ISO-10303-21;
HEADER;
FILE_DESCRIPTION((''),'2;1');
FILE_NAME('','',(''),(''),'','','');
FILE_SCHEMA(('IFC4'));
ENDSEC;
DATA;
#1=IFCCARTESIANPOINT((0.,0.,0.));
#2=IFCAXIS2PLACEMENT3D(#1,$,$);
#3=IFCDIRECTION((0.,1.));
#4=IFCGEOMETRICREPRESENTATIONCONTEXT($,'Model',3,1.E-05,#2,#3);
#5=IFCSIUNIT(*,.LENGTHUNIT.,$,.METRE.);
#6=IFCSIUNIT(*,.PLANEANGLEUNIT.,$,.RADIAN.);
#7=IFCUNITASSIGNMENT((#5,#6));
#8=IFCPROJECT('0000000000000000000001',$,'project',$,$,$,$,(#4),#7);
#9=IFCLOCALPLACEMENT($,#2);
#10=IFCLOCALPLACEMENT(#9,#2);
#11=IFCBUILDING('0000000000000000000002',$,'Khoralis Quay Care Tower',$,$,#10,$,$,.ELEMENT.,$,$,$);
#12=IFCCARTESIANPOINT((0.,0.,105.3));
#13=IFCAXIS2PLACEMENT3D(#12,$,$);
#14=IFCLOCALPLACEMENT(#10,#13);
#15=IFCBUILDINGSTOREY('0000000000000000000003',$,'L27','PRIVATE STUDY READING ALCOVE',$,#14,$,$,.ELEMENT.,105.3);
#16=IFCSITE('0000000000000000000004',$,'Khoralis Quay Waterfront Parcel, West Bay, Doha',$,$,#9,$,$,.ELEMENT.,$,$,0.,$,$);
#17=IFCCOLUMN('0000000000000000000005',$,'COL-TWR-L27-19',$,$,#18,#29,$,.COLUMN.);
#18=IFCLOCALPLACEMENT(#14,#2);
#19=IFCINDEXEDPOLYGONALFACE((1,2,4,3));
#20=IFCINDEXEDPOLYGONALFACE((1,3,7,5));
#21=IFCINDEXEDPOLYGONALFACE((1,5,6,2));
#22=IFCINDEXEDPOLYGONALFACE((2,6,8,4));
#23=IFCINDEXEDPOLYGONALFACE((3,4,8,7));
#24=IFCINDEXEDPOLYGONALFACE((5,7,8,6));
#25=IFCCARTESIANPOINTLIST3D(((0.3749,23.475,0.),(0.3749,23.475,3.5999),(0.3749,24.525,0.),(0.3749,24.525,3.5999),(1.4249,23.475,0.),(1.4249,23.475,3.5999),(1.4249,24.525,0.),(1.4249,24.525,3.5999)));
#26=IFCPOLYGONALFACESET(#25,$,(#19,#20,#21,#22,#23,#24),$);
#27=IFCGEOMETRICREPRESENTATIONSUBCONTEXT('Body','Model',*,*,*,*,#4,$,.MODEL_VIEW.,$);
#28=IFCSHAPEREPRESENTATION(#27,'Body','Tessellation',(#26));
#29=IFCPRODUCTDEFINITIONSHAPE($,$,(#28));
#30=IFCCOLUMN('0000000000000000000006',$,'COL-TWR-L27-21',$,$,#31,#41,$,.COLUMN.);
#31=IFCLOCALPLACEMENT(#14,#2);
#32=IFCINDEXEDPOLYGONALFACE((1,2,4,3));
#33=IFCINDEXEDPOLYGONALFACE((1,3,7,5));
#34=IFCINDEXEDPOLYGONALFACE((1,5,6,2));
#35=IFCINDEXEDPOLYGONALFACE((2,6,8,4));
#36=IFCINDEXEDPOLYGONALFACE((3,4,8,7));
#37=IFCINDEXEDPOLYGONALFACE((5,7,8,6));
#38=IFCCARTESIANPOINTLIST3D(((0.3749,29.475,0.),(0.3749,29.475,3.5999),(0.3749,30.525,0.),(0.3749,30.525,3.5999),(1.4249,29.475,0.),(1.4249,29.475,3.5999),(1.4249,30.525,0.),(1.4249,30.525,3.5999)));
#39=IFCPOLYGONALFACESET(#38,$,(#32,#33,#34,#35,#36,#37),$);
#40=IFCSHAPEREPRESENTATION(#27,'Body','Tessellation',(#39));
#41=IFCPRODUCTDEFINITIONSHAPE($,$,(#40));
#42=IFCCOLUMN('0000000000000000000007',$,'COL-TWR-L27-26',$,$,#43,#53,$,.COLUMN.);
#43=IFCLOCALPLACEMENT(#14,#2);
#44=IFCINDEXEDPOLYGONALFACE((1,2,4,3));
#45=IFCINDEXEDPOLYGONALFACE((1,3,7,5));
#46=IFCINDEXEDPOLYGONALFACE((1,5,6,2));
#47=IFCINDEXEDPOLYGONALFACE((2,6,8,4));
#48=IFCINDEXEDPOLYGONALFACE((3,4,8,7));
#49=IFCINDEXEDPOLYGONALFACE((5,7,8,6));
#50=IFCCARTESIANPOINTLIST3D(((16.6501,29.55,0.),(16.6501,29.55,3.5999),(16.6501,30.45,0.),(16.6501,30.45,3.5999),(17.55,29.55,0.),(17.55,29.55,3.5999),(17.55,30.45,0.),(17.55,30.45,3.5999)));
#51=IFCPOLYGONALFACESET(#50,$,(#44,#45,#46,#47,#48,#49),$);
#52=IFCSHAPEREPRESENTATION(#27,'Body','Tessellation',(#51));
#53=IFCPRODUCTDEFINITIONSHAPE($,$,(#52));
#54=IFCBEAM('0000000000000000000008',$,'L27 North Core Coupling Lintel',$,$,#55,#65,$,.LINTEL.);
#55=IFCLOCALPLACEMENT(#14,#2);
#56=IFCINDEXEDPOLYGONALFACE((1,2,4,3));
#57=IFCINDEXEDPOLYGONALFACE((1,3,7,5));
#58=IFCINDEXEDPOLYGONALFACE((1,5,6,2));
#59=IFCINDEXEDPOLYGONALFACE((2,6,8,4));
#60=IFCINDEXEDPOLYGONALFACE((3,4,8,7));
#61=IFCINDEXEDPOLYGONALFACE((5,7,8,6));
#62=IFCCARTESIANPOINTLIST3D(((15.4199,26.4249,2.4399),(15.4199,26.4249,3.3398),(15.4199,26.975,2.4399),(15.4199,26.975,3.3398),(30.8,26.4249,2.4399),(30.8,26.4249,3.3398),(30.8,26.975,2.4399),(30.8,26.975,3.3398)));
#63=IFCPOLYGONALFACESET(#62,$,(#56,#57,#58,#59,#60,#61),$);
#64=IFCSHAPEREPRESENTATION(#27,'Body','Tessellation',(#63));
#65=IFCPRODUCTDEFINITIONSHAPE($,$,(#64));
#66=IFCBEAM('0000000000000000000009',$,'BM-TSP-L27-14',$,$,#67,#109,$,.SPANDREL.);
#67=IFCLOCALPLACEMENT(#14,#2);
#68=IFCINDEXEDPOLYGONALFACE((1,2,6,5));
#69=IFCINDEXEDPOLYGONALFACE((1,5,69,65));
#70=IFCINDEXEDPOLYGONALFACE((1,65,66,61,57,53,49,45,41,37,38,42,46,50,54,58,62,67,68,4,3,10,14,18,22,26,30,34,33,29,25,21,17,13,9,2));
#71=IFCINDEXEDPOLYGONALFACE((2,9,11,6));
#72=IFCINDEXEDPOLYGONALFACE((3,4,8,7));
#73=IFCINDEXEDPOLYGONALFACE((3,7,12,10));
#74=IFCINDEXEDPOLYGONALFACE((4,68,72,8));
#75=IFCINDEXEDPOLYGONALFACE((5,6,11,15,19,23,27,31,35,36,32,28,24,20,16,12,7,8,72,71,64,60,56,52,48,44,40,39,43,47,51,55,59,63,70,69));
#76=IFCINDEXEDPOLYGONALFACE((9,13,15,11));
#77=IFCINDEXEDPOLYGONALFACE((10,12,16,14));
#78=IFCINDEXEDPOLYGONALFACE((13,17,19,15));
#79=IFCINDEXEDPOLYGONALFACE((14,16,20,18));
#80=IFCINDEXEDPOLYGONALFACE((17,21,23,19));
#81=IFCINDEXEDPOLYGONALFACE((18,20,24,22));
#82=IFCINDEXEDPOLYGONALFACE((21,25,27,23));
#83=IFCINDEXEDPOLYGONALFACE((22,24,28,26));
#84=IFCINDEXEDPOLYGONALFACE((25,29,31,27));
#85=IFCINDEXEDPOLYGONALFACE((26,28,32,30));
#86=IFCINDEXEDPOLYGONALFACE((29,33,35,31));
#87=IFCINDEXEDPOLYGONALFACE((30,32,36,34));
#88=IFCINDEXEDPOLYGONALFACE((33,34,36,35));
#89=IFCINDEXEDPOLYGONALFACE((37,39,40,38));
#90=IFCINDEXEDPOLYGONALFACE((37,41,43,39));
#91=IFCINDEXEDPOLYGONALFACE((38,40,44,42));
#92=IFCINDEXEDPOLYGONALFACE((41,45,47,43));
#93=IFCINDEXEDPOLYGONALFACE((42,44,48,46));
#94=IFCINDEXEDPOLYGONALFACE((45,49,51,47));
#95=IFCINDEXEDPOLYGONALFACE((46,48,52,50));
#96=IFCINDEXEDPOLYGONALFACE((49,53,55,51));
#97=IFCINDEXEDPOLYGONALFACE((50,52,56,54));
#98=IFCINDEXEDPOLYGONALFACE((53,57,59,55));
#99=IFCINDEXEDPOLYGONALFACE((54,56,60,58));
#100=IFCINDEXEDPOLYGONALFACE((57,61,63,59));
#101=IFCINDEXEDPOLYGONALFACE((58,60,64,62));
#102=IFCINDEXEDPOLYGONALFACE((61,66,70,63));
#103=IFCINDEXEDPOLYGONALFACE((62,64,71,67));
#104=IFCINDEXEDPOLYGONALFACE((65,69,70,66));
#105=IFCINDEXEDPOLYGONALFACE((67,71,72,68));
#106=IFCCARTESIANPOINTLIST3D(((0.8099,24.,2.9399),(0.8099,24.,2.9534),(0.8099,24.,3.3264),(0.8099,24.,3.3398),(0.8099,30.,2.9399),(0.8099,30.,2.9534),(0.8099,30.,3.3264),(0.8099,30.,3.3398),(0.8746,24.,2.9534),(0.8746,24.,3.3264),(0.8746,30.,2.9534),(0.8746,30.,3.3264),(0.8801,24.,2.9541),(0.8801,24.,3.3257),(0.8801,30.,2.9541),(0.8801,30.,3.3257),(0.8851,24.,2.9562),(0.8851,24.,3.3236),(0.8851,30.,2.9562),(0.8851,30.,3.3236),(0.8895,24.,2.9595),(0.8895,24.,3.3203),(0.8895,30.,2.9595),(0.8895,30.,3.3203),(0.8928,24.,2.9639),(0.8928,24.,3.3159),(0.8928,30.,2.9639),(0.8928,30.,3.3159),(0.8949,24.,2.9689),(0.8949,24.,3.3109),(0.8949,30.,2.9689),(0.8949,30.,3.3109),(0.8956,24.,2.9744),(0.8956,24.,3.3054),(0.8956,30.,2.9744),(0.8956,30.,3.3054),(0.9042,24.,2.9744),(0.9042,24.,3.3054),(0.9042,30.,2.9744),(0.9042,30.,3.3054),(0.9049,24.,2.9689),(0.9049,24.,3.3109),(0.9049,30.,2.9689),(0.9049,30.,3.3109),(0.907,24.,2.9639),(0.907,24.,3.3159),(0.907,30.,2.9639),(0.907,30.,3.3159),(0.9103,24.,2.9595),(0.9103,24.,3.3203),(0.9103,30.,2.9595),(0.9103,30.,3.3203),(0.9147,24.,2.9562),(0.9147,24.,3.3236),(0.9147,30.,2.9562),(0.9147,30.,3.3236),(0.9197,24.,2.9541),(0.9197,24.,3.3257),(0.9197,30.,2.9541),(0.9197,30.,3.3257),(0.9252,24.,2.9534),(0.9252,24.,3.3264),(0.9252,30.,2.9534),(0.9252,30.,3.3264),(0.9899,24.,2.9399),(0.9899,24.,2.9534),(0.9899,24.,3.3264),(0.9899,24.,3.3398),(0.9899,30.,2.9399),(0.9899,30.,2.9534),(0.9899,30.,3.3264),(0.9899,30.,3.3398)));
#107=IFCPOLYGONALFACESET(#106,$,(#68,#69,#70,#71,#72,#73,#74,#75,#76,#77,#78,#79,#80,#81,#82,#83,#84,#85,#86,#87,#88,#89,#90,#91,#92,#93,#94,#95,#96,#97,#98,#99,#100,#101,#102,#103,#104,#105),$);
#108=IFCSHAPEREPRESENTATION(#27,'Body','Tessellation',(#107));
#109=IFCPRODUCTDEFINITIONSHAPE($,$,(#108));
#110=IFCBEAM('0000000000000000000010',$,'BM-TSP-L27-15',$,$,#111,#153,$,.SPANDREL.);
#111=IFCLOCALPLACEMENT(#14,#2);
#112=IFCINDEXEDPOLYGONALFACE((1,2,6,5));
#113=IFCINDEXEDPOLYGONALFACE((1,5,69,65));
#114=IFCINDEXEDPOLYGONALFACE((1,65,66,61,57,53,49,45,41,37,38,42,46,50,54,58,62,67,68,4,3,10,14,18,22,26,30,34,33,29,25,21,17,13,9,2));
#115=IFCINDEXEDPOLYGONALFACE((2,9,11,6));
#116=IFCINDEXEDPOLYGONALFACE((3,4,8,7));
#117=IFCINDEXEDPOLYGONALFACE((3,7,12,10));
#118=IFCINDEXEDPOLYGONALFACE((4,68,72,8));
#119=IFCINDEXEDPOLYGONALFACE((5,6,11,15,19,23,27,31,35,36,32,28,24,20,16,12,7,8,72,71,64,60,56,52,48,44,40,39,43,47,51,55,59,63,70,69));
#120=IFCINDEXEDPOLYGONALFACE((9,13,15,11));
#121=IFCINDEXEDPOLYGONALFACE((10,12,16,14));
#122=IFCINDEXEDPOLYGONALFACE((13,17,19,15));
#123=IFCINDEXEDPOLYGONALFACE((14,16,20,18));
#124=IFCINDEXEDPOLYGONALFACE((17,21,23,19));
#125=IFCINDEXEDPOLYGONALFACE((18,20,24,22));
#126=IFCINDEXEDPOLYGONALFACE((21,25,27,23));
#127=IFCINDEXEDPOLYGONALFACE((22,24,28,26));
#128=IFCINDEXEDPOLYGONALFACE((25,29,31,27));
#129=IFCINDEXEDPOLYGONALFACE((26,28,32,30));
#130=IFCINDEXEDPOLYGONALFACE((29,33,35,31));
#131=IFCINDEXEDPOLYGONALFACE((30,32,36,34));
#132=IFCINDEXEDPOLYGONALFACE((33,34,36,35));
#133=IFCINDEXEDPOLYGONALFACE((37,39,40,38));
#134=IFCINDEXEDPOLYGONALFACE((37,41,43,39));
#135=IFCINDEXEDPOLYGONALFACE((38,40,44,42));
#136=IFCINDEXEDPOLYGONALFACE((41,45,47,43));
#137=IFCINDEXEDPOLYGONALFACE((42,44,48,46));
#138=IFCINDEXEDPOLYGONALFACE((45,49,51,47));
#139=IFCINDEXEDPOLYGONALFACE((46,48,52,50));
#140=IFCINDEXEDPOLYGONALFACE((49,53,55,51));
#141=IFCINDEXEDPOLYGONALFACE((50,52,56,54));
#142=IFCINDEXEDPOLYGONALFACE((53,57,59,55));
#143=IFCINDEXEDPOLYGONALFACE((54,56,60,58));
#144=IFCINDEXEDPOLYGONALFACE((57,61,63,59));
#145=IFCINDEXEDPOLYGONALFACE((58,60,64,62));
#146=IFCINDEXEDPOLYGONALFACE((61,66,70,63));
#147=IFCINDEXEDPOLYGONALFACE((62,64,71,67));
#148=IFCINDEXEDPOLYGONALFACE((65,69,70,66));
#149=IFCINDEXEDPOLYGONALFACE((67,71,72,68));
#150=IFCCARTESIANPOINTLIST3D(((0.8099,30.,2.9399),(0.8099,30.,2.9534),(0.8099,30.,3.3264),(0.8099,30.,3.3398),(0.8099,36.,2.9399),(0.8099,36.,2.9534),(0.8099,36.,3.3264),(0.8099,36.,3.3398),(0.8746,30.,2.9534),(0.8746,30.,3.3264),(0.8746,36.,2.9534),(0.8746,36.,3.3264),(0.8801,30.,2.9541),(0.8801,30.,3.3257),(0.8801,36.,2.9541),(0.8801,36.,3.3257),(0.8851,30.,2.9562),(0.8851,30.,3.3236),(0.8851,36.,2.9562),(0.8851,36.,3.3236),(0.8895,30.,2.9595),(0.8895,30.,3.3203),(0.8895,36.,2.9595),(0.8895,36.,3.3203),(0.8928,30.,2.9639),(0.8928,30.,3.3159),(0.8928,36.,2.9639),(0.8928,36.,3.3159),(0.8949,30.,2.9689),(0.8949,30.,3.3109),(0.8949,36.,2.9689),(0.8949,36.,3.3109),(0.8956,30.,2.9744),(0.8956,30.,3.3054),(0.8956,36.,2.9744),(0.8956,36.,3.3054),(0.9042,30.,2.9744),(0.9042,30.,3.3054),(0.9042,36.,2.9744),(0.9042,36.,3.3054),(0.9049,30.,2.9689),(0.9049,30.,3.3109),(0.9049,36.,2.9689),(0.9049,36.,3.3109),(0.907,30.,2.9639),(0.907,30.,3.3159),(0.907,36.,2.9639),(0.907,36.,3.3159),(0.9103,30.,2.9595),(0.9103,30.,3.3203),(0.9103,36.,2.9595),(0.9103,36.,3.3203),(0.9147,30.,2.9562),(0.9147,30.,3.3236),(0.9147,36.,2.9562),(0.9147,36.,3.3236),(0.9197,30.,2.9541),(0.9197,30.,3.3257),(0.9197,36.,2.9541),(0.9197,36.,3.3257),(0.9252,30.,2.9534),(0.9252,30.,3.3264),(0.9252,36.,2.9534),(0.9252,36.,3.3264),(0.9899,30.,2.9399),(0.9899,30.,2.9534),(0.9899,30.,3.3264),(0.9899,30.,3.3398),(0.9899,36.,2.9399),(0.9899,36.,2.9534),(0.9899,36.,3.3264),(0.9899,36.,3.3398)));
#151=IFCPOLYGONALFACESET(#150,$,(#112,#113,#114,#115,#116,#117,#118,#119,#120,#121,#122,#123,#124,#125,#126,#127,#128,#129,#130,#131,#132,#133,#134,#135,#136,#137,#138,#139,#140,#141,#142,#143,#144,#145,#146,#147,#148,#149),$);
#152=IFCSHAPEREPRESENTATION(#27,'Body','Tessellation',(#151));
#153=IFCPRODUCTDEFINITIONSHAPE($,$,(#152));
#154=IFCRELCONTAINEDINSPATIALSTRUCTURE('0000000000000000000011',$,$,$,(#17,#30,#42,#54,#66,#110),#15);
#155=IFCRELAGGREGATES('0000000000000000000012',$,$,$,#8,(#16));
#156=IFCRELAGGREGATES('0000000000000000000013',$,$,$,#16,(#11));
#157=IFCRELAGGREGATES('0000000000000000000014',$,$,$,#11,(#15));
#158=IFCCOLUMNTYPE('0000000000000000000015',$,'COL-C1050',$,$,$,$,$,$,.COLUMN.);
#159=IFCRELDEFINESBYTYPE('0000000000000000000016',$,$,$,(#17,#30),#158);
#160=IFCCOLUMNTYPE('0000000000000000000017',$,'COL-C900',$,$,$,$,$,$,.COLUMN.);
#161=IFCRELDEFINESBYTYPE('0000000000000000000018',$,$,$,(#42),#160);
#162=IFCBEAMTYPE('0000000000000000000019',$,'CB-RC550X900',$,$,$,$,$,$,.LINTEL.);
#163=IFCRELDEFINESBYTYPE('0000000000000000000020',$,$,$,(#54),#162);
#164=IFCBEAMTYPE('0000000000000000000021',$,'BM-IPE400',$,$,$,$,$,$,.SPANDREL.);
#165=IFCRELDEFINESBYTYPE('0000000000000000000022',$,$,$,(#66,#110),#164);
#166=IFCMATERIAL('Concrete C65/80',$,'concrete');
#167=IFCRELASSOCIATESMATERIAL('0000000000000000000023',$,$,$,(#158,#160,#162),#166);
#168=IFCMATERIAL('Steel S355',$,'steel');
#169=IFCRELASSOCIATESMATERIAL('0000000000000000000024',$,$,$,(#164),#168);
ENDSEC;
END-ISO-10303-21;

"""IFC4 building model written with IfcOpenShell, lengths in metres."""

from ifc_helpers import new_model, si_unit, direction, frame, origin, origin_2d, place, context, subcontext, project, spatial, rectangle, i_section, extrude, source, transform, mapped, material, material_profile, profile_set, type_object, element, save


model = new_model("IFC4")

# Units and contexts
model_context = context("Model", 3, precision=1e-05, world=origin(), true_north=direction((0.0, 1.0)))
body_context = subcontext(model_context, "Body", "Model", "MODEL_VIEW")
ifc_project = project(units=[si_unit("LENGTHUNIT", "METRE"), si_unit("PLANEANGLEUNIT", "RADIAN")], contexts=[model_context])

# Site, building, storey
site_placement = place(None, origin())
site = spatial("IfcSite", under=ifc_project, at=site_placement, Name="Khoralis Quay Waterfront Parcel, West Bay, Doha", CompositionType="ELEMENT", RefElevation=0.0)
building_placement = place(site_placement, origin())
building = spatial("IfcBuilding", under=site, at=building_placement, Name="Khoralis Quay Care Tower", CompositionType="ELEMENT")
storey_placement = place(building_placement, frame((0.0, 0.0, 105.3)))
storey = spatial("IfcBuildingStorey", under=building, at=storey_placement, Name="L27", Description="PRIVATE STUDY READING ALCOVE", CompositionType="ELEMENT", Elevation=105.3)

# Columns
ifc_material_1 = material(Name="Concrete C65/80", Category="concrete")
ifc_material_profile_1 = material_profile(ifc_material_1, rectangle(XDim=1.05, YDim=1.05, at=origin_2d()), Name="Concrete C65/80")
ifc_profile_set_1 = profile_set([ifc_material_profile_1], Name="Concrete C65/80")
column_type_1 = type_object("IfcColumnType", Name="COL-C1050", PredefinedType="COLUMN", material=ifc_profile_set_1)
shared_shape_1 = source(origin(), body_context, "Body", "SweptSolid", [
    extrude(rectangle(XDim=1.05, YDim=1.05, at=origin_2d()), origin(), (0.0, 0.0, 1.0), 3.5999),
])
for number, where, z_axis, x_axis, name in (
    (1, (0.8999, 24.0, 0.0), (0.0, 0.0, 1.0), (1.0, 0.0, 0.0), "COL-TWR-L27-19"),
    (2, (0.8999, 30.0, 0.0), (0.0, 0.0, 1.0), (1.0, 0.0, 0.0), "COL-TWR-L27-21"),
):
    element("IfcColumn", number, at=place(storey_placement, frame(where, z_axis=z_axis, x_axis=x_axis)), inside=storey, type_object=column_type_1, Name=name, PredefinedType="COLUMN", context=body_context, shape_type="MappedRepresentation", body=[
        mapped(shared_shape_1, transform((0.0, 0.0, 0.0), scale=1.0)),
    ])
ifc_material_profile_2 = material_profile(ifc_material_1, rectangle(XDim=0.8999, YDim=0.8999, at=origin_2d()), Name="Concrete C65/80")
ifc_profile_set_2 = profile_set([ifc_material_profile_2], Name="Concrete C65/80")
column_type_2 = type_object("IfcColumnType", Name="COL-C900", PredefinedType="COLUMN", material=ifc_profile_set_2)
shared_shape_2 = source(origin(), body_context, "Body", "SweptSolid", [
    extrude(rectangle(XDim=0.8999, YDim=0.8999, at=origin_2d()), origin(), (0.0, 0.0, 1.0), 3.5999),
])
column_placement = place(storey_placement, frame((17.1001, 30.0, 0.0), z_axis=(0.0, 0.0, 1.0), x_axis=(1.0, 0.0, 0.0)))
element("IfcColumn", 3, at=column_placement, inside=storey, type_object=column_type_2, Name="COL-TWR-L27-26", PredefinedType="COLUMN", context=body_context, shape_type="MappedRepresentation", body=[
    mapped(shared_shape_2, transform((0.0, 0.0, 0.0), scale=1.0)),
])

# Beams
ifc_material_profile_3 = material_profile(ifc_material_1, rectangle(XDim=0.55, YDim=0.8999, at=origin_2d()), Name="Concrete C65/80")
ifc_profile_set_3 = profile_set([ifc_material_profile_3], Name="Concrete C65/80")
beam_type_1 = type_object("IfcBeamType", Name="CB-RC550X900", PredefinedType="LINTEL", material=ifc_profile_set_3)
shared_shape_3 = source(origin(), body_context, "Body", "SweptSolid", [
    extrude(rectangle(XDim=0.55, YDim=0.8999, at=origin_2d()), origin(), (0.0, 0.0, 1.0), 15.3801),
])
beam_1_placement = place(storey_placement, frame((15.4199, 26.7, 2.8899), z_axis=(1.0, 0.0, 0.0), x_axis=(0.0, 1.0, 0.0)))
element("IfcBeam", 4, at=beam_1_placement, inside=storey, type_object=beam_type_1, Name="L27 North Core Coupling Lintel", PredefinedType="LINTEL", context=body_context, shape_type="MappedRepresentation", body=[
    mapped(shared_shape_3, transform((0.0, 0.0, 0.0), scale=1.0)),
])
ifc_material_2 = material(Name="Steel S355", Category="steel")
ifc_material_profile_4 = material_profile(ifc_material_2, i_section(OverallWidth=0.1799, OverallDepth=0.3999, WebThickness=0.0085, FlangeThickness=0.0134, FilletRadius=0.021, at=origin_2d()), Name="Steel S355")
ifc_profile_set_4 = profile_set([ifc_material_profile_4], Name="Steel S355")
beam_type_2 = type_object("IfcBeamType", Name="BM-IPE400", PredefinedType="SPANDREL", material=ifc_profile_set_4)
shared_shape_4 = source(origin(), body_context, "Body", "SweptSolid", [
    extrude(i_section(OverallWidth=0.1799, OverallDepth=0.3999, WebThickness=0.0085, FlangeThickness=0.0134, FilletRadius=0.021, at=origin_2d()), origin(), (0.0, 0.0, 1.0), 6.0),
])
for number, where, z_axis, x_axis, name in (
    (5, (0.8999, 24.0, 3.1399), (0.0, 1.0, 0.0), (-1.0, 0.0, 0.0), "BM-TSP-L27-14"),
    (6, (0.8999, 30.0, 3.1399), (0.0, 1.0, 0.0), (-1.0, 0.0, 0.0), "BM-TSP-L27-15"),
):
    element("IfcBeam", number, at=place(storey_placement, frame(where, z_axis=z_axis, x_axis=x_axis)), inside=storey, type_object=beam_type_2, Name=name, PredefinedType="SPANDREL", context=body_context, shape_type="MappedRepresentation", body=[
        mapped(shared_shape_4, transform((0.0, 0.0, 0.0), scale=1.0)),
    ])

save(model, "model.ifc")
